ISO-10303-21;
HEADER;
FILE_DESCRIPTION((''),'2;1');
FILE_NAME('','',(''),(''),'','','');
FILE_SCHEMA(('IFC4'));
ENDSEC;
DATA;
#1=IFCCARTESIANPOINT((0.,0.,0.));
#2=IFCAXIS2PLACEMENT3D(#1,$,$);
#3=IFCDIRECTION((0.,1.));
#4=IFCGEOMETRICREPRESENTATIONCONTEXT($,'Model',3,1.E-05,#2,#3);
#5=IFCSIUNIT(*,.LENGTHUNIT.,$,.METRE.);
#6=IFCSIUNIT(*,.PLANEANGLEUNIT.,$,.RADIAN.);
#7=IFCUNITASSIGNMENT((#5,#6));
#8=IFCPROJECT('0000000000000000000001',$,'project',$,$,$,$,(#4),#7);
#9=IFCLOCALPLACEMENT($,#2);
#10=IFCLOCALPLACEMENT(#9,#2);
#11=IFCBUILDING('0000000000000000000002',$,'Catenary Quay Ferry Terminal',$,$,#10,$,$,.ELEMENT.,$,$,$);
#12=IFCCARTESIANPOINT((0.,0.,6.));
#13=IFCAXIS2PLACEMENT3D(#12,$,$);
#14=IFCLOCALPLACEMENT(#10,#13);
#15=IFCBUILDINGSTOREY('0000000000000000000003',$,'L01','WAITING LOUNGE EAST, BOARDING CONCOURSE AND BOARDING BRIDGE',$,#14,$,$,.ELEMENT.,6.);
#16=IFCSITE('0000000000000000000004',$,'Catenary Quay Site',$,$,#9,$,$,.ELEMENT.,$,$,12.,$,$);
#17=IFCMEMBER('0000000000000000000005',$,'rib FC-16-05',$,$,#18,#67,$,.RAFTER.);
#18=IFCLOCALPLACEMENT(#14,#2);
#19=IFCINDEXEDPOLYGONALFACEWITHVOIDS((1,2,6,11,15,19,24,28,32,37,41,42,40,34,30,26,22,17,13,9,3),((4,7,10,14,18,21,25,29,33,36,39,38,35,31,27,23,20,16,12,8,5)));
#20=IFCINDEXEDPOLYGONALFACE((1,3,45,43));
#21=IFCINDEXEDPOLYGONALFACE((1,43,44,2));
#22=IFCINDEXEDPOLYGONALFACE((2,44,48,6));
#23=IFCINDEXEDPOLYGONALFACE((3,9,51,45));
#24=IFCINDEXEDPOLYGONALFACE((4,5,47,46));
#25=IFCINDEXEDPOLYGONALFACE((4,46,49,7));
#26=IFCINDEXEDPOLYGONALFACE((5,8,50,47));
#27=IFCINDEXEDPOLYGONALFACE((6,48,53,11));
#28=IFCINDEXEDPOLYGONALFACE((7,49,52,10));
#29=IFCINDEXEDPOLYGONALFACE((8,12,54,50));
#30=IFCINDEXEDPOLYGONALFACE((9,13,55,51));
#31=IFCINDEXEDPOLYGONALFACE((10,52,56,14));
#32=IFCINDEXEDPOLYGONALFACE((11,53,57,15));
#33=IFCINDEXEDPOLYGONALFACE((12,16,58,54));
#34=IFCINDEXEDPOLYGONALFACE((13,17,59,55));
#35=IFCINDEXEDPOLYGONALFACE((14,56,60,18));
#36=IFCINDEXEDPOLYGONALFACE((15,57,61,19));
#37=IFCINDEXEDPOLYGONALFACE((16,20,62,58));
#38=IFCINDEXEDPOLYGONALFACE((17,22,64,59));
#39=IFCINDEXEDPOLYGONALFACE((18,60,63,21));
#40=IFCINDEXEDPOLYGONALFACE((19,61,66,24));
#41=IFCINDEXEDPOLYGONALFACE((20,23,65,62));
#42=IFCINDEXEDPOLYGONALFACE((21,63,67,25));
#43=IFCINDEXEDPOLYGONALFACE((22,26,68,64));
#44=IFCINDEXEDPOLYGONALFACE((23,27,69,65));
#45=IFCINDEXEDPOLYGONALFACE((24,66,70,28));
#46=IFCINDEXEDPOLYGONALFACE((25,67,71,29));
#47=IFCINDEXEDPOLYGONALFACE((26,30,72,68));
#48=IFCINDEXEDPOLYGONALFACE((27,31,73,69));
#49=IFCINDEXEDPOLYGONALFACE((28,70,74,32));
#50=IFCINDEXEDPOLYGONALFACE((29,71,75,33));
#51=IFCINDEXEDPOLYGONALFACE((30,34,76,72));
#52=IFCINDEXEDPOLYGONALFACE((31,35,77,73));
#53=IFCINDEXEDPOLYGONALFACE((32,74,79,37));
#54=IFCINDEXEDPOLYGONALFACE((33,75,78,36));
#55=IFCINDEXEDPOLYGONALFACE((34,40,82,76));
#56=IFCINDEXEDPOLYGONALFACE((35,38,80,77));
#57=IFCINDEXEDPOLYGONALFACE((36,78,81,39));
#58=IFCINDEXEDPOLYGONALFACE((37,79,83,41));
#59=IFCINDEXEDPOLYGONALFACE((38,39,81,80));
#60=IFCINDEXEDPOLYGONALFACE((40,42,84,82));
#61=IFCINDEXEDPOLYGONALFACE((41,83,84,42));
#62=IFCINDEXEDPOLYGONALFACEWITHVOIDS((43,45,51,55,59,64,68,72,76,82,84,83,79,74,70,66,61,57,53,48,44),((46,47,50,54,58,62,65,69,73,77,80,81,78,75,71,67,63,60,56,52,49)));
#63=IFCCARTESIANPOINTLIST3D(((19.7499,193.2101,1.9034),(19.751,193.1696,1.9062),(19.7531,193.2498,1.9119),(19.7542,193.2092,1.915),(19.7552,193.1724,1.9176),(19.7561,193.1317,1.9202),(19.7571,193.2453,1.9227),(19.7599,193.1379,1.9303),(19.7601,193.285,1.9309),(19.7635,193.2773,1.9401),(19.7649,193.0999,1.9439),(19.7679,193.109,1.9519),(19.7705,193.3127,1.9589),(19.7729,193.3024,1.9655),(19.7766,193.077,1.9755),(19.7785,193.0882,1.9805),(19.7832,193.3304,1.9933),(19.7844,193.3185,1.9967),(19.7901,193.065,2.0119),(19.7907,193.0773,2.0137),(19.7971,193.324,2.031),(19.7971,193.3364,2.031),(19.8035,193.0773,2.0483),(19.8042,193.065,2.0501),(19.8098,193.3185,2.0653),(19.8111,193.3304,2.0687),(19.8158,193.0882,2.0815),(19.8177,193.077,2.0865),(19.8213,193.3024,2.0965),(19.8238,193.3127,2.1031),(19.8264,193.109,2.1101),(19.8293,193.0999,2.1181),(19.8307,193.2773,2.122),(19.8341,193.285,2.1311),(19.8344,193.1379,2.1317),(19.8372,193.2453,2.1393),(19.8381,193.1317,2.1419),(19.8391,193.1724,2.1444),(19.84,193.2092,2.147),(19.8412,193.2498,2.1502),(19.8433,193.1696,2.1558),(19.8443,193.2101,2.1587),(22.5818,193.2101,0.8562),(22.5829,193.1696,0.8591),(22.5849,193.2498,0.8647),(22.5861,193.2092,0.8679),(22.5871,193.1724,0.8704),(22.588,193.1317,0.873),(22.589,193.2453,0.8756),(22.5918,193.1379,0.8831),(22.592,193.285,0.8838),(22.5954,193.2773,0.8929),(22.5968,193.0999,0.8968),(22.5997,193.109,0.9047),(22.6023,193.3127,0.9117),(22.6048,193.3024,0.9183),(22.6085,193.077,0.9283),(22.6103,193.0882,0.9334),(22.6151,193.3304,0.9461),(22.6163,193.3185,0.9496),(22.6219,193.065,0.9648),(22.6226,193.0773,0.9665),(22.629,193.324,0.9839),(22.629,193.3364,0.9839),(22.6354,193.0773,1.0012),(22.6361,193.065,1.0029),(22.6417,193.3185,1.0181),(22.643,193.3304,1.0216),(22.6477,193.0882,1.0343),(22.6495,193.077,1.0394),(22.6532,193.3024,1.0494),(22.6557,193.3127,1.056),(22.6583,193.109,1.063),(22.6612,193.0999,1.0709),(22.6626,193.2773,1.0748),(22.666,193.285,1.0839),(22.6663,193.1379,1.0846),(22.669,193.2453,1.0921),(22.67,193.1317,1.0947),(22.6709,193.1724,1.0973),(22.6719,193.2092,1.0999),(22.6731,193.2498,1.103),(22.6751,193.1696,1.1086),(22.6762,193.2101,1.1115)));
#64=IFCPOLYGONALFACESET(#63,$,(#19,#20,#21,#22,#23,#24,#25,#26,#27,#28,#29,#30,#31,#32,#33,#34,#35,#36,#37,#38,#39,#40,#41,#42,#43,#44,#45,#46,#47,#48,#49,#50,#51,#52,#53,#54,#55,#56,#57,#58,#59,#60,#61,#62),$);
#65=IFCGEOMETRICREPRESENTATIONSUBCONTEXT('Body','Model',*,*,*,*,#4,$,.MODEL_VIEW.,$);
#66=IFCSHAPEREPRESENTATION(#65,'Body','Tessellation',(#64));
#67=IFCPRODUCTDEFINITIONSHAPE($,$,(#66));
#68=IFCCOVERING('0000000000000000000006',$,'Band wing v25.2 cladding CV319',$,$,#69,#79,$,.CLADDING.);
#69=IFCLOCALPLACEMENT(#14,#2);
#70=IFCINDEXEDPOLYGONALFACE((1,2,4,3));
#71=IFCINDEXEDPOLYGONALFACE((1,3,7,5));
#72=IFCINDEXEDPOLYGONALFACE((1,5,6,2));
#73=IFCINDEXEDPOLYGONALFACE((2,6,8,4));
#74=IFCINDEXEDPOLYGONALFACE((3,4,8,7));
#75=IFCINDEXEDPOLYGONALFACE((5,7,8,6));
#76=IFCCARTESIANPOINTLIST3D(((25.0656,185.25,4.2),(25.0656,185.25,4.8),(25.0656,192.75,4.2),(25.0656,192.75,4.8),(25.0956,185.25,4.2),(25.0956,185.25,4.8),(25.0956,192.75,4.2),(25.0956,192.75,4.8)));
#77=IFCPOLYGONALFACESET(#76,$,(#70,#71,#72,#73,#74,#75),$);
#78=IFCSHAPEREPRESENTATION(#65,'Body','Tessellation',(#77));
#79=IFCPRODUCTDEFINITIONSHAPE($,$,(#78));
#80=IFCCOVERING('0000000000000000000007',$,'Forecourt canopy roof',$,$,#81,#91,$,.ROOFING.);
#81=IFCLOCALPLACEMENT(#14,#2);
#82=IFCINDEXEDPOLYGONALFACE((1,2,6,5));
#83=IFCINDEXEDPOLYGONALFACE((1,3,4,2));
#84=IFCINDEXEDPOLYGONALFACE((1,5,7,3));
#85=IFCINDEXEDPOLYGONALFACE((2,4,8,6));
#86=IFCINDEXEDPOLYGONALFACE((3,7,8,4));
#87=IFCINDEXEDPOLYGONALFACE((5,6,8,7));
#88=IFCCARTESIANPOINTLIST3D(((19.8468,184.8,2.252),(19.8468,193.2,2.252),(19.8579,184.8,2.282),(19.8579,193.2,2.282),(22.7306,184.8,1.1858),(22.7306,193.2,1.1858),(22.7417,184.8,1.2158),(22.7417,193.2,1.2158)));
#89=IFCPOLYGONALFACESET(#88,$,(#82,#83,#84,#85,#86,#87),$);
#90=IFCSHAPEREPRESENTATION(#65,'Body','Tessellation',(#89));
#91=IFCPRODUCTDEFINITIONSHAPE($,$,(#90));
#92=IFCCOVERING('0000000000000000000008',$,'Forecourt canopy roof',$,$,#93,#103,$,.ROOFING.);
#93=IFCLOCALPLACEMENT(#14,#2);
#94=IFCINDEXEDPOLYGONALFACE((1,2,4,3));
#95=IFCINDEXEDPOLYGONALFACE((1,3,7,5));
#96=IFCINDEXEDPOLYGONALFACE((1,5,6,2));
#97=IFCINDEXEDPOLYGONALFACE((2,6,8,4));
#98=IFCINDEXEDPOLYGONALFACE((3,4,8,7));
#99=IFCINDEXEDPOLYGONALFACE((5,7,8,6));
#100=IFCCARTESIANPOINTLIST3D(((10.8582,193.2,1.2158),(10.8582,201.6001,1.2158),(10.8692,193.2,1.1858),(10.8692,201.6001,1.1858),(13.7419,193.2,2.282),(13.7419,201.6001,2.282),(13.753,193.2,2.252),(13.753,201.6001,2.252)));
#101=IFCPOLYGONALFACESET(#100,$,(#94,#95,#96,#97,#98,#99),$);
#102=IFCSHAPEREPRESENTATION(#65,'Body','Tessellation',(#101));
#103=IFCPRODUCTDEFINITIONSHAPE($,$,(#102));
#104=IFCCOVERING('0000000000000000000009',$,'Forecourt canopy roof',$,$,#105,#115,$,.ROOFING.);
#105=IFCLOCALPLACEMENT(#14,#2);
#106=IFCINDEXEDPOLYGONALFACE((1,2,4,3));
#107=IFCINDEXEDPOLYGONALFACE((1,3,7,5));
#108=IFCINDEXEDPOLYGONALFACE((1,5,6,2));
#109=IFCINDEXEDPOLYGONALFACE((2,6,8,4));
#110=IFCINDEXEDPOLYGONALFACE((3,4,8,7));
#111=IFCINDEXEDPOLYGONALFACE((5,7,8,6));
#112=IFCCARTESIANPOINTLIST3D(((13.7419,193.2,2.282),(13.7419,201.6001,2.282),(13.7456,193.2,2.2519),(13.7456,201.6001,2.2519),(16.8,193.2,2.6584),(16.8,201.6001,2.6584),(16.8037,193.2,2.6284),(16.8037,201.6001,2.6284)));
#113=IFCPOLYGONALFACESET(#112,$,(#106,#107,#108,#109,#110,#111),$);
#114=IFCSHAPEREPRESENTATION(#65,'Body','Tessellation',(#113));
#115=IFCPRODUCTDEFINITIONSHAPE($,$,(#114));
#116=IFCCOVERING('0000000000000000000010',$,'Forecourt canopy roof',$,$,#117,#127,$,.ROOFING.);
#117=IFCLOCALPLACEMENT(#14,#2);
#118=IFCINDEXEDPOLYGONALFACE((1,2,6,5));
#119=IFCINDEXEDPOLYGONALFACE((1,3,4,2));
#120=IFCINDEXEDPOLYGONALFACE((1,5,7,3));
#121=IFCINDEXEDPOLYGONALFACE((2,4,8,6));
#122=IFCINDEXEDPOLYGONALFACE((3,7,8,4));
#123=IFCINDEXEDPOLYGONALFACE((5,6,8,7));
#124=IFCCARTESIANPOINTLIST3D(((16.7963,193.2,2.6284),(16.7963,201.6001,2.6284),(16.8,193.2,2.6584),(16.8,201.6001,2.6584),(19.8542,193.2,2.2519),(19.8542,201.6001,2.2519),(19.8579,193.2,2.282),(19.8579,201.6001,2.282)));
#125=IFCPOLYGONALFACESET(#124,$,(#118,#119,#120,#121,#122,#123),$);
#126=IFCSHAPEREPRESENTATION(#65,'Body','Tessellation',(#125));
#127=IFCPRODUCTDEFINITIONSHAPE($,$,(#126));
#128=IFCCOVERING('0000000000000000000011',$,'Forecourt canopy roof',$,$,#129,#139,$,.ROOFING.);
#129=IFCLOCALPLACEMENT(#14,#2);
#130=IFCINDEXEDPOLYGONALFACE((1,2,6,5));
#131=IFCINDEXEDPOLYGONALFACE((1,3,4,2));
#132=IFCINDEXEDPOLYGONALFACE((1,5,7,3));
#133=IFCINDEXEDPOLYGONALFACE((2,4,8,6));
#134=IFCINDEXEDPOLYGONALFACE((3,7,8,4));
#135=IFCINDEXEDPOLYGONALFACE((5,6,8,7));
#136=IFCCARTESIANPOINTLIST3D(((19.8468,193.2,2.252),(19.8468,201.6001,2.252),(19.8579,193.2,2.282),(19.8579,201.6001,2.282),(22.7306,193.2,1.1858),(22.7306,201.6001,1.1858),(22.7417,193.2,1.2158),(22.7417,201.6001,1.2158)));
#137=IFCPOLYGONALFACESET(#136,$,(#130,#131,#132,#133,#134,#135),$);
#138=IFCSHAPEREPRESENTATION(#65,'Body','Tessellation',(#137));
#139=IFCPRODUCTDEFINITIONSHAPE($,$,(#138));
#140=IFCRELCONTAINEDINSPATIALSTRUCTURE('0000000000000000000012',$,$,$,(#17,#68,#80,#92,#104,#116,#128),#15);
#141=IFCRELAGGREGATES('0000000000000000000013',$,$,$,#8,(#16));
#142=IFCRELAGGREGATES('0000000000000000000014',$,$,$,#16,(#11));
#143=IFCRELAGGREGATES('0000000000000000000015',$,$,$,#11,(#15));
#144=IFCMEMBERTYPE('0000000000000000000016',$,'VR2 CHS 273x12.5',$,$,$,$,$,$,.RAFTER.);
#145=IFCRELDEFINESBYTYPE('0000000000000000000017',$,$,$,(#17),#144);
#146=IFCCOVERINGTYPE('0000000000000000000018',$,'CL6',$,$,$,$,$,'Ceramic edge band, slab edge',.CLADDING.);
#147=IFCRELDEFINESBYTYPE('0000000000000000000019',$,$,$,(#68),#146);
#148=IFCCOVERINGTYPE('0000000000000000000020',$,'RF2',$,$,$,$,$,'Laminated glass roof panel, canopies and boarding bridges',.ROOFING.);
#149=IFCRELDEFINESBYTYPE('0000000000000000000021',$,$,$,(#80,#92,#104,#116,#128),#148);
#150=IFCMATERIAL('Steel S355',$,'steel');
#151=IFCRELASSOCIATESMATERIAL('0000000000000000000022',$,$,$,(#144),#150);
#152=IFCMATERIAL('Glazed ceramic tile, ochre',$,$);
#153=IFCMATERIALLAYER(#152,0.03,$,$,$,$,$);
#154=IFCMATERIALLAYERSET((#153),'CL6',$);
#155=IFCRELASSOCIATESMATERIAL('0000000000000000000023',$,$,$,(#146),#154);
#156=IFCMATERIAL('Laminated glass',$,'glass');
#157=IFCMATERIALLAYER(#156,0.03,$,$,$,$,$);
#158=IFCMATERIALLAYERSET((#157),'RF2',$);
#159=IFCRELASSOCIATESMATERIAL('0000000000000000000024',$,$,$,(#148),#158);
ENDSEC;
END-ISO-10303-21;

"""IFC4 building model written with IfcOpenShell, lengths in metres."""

from ifc_helpers import new_model, si_unit, direction, frame, origin, origin_2d, place, context, subcontext, project, spatial, polyline, rectangle, hollow_circle, outline, extrude, material, layer, layer_set, material_profile, profile_set, type_object, element, save


model = new_model("IFC4")

# Units and contexts
model_context = context("Model", 3, precision=1e-05, world=origin(), true_north=direction((0.0, 1.0)))
body_context = subcontext(model_context, "Body", "Model", "MODEL_VIEW")
ifc_project = project(units=[si_unit("LENGTHUNIT", "METRE"), si_unit("PLANEANGLEUNIT", "RADIAN")], contexts=[model_context])

# Site, building, storey
site_placement = place(None, origin())
site = spatial("IfcSite", under=ifc_project, at=site_placement, Name="Catenary Quay Site", CompositionType="ELEMENT", RefElevation=12.0)
building_placement = place(site_placement, origin())
building = spatial("IfcBuilding", under=site, at=building_placement, Name="Catenary Quay Ferry Terminal", CompositionType="ELEMENT")
storey_placement = place(building_placement, frame((0.0, 0.0, 6.0)))
storey = spatial("IfcBuildingStorey", under=building, at=storey_placement, Name="L01", Description="WAITING LOUNGE EAST, BOARDING CONCOURSE AND BOARDING BRIDGE", CompositionType="ELEMENT", Elevation=6.0)

# Member
ifc_material_1 = material(Name="Steel S355", Category="steel")
ifc_material_profile_1 = material_profile(ifc_material_1, hollow_circle(Radius=0.1365, WallThickness=0.0125, at=origin_2d()), Name="CHS 273x12.5")
ifc_profile_set_1 = profile_set([ifc_material_profile_1], Name="Steel S355")
member_type_1 = type_object("IfcMemberType", Name="VR2 CHS 273x12.5", PredefinedType="RAFTER", material=ifc_profile_set_1)
member_1_placement = place(storey_placement, frame((19.7971, 193.2, 2.031), z_axis=(0.937931, 0.0, -0.346822), x_axis=(0.0, 1.0, 0.0)))
element("IfcMember", 1, at=member_1_placement, inside=storey, type_object=member_type_1, Name="rib FC-16-05", PredefinedType="RAFTER", context=body_context, shape_type="SweptSolid", body=[
    extrude(hollow_circle(Radius=0.1365, WallThickness=0.0125, at=origin_2d()), origin(), (0.0, 0.0, 1.0), 3.0193),
])

# Coverings
ifc_material_2 = material(Name="Glazed ceramic tile, ochre")
ifc_layer_1 = layer(ifc_material_2, 0.03)
ifc_layer_set_1 = layer_set([ifc_layer_1], Name="CL6")
covering_type_1 = type_object("IfcCoveringType", Name="CL6", ElementType="Ceramic edge band, slab edge", PredefinedType="CLADDING", material=ifc_layer_set_1)
covering_1_placement = place(storey_placement, frame((25.0806, 189.0, 4.2), z_axis=(0.0, 0.0, 1.0), x_axis=(1.0, 0.0, 0.0)))
element("IfcCovering", 2, at=covering_1_placement, inside=storey, type_object=covering_type_1, Name="Band wing v25.2 cladding CV319", PredefinedType="CLADDING", context=body_context, shape_type="SweptSolid", body=[
    extrude(rectangle(XDim=0.03, YDim=7.5, at=origin_2d()), origin(), (0.0, 0.0, 1.0), 0.6001),
])
ifc_material_3 = material(Name="Laminated glass", Category="glass")
ifc_layer_2 = layer(ifc_material_3, 0.03)
ifc_layer_set_2 = layer_set([ifc_layer_2], Name="RF2")
covering_type_2 = type_object("IfcCoveringType", Name="RF2", ElementType="Laminated glass roof panel, canopies and boarding bridges", PredefinedType="ROOFING", material=ifc_layer_set_2)
covering_2_placement = place(storey_placement, frame((19.8579, 184.8, 2.282), z_axis=(0.346769, 0.0, 0.937951), x_axis=(0.0, 1.0, 0.0)))
element("IfcCovering", 3, at=covering_2_placement, inside=storey, type_object=covering_type_2, Name="Forecourt canopy roof", PredefinedType="ROOFING", context=body_context, shape_type="SweptSolid", body=[
    extrude(outline(polyline([(0.0, 0.0), (8.3999, 0.0), (8.3999, -3.0746), (0.0, -3.0746), (0.0, 0.0)])), origin(), (0.0, 0.0, -1.0), 0.032),
])
covering_3_placement = place(storey_placement, frame((10.8582, 193.2, 1.2158), z_axis=(-0.346769, 0.0, 0.937951), x_axis=(0.0, 1.0, 0.0)))
element("IfcCovering", 4, at=covering_3_placement, inside=storey, type_object=covering_type_2, Name="Forecourt canopy roof", PredefinedType="ROOFING", context=body_context, shape_type="SweptSolid", body=[
    extrude(outline(polyline([(0.0, 0.0), (8.4001, 0.0), (8.4001, -3.0746), (0.0, -3.0746), (0.0, 0.0)])), origin(), (0.0, 0.0, -1.0), 0.032),
])
covering_4_placement = place(storey_placement, frame((13.7419, 193.2, 2.282), z_axis=(-0.122182, 0.0, 0.992508), x_axis=(0.0, 1.0, 0.0)))
element("IfcCovering", 5, at=covering_4_placement, inside=storey, type_object=covering_type_2, Name="Forecourt canopy roof", PredefinedType="ROOFING", context=body_context, shape_type="SweptSolid", body=[
    extrude(outline(polyline([(0.0, 0.0), (8.4001, 0.0), (8.4001, -3.0812), (0.0, -3.0812), (0.0, 0.0)])), origin(), (0.0, 0.0, -1.0), 0.0303),
])
covering_5_placement = place(storey_placement, frame((16.8, 193.2, 2.6584), z_axis=(0.122191, 0.0, 0.992507), x_axis=(0.0, 1.0, 0.0)))
element("IfcCovering", 6, at=covering_5_placement, inside=storey, type_object=covering_type_2, Name="Forecourt canopy roof", PredefinedType="ROOFING", context=body_context, shape_type="SweptSolid", body=[
    extrude(outline(polyline([(0.0, 0.0), (8.4001, 0.0), (8.4001, -3.0809), (0.0, -3.0809), (0.0, 0.0)])), origin(), (0.0, 0.0, -1.0), 0.0303),
])
covering_6_placement = place(storey_placement, frame((19.8579, 193.2, 2.282), z_axis=(0.346769, 0.0, 0.937951), x_axis=(0.0, 1.0, 0.0)))
element("IfcCovering", 7, at=covering_6_placement, inside=storey, type_object=covering_type_2, Name="Forecourt canopy roof", PredefinedType="ROOFING", context=body_context, shape_type="SweptSolid", body=[
    extrude(outline(polyline([(0.0, 0.0), (8.4001, 0.0), (8.4001, -3.0746), (0.0, -3.0746), (0.0, 0.0)])), origin(), (0.0, 0.0, -1.0), 0.032),
])

save(model, "model.ifc")
